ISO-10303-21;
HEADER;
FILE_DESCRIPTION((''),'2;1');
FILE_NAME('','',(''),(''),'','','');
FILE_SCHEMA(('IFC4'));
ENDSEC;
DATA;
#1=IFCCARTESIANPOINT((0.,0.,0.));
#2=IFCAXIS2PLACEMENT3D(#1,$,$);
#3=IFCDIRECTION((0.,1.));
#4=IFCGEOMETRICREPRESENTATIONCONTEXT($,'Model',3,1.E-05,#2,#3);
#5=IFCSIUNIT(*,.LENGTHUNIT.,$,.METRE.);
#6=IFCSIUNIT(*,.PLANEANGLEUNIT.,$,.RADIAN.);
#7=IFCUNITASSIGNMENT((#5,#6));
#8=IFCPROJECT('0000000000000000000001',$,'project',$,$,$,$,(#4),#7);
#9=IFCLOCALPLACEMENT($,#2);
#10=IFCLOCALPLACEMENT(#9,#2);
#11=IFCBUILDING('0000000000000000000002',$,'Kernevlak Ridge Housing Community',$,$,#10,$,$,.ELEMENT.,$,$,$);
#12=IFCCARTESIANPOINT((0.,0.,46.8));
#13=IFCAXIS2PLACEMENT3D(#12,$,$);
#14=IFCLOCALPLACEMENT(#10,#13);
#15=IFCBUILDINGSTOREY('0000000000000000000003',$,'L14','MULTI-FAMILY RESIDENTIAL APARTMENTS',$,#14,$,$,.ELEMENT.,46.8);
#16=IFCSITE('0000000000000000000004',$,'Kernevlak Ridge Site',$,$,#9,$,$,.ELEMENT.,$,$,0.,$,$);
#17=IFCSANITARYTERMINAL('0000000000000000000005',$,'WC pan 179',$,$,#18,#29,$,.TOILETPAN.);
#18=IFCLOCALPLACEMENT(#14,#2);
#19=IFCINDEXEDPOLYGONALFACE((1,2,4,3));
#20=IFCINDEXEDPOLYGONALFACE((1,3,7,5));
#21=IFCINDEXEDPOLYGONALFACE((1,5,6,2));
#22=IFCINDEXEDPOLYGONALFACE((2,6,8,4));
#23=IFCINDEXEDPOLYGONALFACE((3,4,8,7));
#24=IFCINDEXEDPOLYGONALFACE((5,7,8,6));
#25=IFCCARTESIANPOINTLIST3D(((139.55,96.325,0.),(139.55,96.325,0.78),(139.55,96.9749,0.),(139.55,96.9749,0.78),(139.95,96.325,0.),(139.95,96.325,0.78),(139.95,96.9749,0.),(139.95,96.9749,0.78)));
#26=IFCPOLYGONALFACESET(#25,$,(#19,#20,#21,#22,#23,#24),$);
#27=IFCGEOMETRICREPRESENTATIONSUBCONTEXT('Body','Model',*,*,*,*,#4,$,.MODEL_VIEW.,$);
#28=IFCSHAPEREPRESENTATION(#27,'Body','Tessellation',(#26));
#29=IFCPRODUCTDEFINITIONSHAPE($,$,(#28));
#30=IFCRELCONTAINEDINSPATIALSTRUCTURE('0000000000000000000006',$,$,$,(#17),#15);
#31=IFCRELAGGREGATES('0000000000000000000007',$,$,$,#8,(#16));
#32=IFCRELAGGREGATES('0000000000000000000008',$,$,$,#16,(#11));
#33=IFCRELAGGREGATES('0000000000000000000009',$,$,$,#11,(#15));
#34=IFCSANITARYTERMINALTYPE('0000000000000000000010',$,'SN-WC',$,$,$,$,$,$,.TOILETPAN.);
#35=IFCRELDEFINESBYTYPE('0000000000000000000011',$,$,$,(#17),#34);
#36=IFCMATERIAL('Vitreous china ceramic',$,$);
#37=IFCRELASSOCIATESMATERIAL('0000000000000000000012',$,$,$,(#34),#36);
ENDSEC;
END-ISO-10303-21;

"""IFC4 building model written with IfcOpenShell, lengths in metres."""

from ifc_helpers import new_model, si_unit, direction, frame, origin, origin_2d, place, context, subcontext, project, spatial, rectangle, extrude, material, type_object, element, save


model = new_model("IFC4")

# Units and contexts
model_context = context("Model", 3, precision=1e-05, world=origin(), true_north=direction((0.0, 1.0)))
body_context = subcontext(model_context, "Body", "Model", "MODEL_VIEW")
ifc_project = project(units=[si_unit("LENGTHUNIT", "METRE"), si_unit("PLANEANGLEUNIT", "RADIAN")], contexts=[model_context])

# Site, building, storey
site_placement = place(None, origin())
site = spatial("IfcSite", under=ifc_project, at=site_placement, Name="Kernevlak Ridge Site", CompositionType="ELEMENT", RefElevation=0.0)
building_placement = place(site_placement, origin())
building = spatial("IfcBuilding", under=site, at=building_placement, Name="Kernevlak Ridge Housing Community", CompositionType="ELEMENT")
storey_placement = place(building_placement, frame((0.0, 0.0, 46.8)))
storey = spatial("IfcBuildingStorey", under=building, at=storey_placement, Name="L14", Description="MULTI-FAMILY RESIDENTIAL APARTMENTS", CompositionType="ELEMENT", Elevation=46.8)

# Sanitary terminal
ifc_material_1 = material(Name="Vitreous china ceramic")
sanitary_terminal_type_1 = type_object("IfcSanitaryTerminalType", Name="SN-WC", PredefinedType="TOILETPAN", material=ifc_material_1)
sanitary_terminal_1_placement = place(storey_placement, frame((139.75, 96.6499, 0.0), z_axis=(0.0, 0.0, 1.0), x_axis=(1.0, 0.0, 0.0)))
element("IfcSanitaryTerminal", 1, at=sanitary_terminal_1_placement, inside=storey, type_object=sanitary_terminal_type_1, Name="WC pan 179", PredefinedType="TOILETPAN", context=body_context, shape_type="SweptSolid", body=[
    extrude(rectangle(XDim=0.3999, YDim=0.6499, at=origin_2d()), origin(), (0.0, 0.0, 1.0), 0.78),
])

save(model, "model.ifc")
